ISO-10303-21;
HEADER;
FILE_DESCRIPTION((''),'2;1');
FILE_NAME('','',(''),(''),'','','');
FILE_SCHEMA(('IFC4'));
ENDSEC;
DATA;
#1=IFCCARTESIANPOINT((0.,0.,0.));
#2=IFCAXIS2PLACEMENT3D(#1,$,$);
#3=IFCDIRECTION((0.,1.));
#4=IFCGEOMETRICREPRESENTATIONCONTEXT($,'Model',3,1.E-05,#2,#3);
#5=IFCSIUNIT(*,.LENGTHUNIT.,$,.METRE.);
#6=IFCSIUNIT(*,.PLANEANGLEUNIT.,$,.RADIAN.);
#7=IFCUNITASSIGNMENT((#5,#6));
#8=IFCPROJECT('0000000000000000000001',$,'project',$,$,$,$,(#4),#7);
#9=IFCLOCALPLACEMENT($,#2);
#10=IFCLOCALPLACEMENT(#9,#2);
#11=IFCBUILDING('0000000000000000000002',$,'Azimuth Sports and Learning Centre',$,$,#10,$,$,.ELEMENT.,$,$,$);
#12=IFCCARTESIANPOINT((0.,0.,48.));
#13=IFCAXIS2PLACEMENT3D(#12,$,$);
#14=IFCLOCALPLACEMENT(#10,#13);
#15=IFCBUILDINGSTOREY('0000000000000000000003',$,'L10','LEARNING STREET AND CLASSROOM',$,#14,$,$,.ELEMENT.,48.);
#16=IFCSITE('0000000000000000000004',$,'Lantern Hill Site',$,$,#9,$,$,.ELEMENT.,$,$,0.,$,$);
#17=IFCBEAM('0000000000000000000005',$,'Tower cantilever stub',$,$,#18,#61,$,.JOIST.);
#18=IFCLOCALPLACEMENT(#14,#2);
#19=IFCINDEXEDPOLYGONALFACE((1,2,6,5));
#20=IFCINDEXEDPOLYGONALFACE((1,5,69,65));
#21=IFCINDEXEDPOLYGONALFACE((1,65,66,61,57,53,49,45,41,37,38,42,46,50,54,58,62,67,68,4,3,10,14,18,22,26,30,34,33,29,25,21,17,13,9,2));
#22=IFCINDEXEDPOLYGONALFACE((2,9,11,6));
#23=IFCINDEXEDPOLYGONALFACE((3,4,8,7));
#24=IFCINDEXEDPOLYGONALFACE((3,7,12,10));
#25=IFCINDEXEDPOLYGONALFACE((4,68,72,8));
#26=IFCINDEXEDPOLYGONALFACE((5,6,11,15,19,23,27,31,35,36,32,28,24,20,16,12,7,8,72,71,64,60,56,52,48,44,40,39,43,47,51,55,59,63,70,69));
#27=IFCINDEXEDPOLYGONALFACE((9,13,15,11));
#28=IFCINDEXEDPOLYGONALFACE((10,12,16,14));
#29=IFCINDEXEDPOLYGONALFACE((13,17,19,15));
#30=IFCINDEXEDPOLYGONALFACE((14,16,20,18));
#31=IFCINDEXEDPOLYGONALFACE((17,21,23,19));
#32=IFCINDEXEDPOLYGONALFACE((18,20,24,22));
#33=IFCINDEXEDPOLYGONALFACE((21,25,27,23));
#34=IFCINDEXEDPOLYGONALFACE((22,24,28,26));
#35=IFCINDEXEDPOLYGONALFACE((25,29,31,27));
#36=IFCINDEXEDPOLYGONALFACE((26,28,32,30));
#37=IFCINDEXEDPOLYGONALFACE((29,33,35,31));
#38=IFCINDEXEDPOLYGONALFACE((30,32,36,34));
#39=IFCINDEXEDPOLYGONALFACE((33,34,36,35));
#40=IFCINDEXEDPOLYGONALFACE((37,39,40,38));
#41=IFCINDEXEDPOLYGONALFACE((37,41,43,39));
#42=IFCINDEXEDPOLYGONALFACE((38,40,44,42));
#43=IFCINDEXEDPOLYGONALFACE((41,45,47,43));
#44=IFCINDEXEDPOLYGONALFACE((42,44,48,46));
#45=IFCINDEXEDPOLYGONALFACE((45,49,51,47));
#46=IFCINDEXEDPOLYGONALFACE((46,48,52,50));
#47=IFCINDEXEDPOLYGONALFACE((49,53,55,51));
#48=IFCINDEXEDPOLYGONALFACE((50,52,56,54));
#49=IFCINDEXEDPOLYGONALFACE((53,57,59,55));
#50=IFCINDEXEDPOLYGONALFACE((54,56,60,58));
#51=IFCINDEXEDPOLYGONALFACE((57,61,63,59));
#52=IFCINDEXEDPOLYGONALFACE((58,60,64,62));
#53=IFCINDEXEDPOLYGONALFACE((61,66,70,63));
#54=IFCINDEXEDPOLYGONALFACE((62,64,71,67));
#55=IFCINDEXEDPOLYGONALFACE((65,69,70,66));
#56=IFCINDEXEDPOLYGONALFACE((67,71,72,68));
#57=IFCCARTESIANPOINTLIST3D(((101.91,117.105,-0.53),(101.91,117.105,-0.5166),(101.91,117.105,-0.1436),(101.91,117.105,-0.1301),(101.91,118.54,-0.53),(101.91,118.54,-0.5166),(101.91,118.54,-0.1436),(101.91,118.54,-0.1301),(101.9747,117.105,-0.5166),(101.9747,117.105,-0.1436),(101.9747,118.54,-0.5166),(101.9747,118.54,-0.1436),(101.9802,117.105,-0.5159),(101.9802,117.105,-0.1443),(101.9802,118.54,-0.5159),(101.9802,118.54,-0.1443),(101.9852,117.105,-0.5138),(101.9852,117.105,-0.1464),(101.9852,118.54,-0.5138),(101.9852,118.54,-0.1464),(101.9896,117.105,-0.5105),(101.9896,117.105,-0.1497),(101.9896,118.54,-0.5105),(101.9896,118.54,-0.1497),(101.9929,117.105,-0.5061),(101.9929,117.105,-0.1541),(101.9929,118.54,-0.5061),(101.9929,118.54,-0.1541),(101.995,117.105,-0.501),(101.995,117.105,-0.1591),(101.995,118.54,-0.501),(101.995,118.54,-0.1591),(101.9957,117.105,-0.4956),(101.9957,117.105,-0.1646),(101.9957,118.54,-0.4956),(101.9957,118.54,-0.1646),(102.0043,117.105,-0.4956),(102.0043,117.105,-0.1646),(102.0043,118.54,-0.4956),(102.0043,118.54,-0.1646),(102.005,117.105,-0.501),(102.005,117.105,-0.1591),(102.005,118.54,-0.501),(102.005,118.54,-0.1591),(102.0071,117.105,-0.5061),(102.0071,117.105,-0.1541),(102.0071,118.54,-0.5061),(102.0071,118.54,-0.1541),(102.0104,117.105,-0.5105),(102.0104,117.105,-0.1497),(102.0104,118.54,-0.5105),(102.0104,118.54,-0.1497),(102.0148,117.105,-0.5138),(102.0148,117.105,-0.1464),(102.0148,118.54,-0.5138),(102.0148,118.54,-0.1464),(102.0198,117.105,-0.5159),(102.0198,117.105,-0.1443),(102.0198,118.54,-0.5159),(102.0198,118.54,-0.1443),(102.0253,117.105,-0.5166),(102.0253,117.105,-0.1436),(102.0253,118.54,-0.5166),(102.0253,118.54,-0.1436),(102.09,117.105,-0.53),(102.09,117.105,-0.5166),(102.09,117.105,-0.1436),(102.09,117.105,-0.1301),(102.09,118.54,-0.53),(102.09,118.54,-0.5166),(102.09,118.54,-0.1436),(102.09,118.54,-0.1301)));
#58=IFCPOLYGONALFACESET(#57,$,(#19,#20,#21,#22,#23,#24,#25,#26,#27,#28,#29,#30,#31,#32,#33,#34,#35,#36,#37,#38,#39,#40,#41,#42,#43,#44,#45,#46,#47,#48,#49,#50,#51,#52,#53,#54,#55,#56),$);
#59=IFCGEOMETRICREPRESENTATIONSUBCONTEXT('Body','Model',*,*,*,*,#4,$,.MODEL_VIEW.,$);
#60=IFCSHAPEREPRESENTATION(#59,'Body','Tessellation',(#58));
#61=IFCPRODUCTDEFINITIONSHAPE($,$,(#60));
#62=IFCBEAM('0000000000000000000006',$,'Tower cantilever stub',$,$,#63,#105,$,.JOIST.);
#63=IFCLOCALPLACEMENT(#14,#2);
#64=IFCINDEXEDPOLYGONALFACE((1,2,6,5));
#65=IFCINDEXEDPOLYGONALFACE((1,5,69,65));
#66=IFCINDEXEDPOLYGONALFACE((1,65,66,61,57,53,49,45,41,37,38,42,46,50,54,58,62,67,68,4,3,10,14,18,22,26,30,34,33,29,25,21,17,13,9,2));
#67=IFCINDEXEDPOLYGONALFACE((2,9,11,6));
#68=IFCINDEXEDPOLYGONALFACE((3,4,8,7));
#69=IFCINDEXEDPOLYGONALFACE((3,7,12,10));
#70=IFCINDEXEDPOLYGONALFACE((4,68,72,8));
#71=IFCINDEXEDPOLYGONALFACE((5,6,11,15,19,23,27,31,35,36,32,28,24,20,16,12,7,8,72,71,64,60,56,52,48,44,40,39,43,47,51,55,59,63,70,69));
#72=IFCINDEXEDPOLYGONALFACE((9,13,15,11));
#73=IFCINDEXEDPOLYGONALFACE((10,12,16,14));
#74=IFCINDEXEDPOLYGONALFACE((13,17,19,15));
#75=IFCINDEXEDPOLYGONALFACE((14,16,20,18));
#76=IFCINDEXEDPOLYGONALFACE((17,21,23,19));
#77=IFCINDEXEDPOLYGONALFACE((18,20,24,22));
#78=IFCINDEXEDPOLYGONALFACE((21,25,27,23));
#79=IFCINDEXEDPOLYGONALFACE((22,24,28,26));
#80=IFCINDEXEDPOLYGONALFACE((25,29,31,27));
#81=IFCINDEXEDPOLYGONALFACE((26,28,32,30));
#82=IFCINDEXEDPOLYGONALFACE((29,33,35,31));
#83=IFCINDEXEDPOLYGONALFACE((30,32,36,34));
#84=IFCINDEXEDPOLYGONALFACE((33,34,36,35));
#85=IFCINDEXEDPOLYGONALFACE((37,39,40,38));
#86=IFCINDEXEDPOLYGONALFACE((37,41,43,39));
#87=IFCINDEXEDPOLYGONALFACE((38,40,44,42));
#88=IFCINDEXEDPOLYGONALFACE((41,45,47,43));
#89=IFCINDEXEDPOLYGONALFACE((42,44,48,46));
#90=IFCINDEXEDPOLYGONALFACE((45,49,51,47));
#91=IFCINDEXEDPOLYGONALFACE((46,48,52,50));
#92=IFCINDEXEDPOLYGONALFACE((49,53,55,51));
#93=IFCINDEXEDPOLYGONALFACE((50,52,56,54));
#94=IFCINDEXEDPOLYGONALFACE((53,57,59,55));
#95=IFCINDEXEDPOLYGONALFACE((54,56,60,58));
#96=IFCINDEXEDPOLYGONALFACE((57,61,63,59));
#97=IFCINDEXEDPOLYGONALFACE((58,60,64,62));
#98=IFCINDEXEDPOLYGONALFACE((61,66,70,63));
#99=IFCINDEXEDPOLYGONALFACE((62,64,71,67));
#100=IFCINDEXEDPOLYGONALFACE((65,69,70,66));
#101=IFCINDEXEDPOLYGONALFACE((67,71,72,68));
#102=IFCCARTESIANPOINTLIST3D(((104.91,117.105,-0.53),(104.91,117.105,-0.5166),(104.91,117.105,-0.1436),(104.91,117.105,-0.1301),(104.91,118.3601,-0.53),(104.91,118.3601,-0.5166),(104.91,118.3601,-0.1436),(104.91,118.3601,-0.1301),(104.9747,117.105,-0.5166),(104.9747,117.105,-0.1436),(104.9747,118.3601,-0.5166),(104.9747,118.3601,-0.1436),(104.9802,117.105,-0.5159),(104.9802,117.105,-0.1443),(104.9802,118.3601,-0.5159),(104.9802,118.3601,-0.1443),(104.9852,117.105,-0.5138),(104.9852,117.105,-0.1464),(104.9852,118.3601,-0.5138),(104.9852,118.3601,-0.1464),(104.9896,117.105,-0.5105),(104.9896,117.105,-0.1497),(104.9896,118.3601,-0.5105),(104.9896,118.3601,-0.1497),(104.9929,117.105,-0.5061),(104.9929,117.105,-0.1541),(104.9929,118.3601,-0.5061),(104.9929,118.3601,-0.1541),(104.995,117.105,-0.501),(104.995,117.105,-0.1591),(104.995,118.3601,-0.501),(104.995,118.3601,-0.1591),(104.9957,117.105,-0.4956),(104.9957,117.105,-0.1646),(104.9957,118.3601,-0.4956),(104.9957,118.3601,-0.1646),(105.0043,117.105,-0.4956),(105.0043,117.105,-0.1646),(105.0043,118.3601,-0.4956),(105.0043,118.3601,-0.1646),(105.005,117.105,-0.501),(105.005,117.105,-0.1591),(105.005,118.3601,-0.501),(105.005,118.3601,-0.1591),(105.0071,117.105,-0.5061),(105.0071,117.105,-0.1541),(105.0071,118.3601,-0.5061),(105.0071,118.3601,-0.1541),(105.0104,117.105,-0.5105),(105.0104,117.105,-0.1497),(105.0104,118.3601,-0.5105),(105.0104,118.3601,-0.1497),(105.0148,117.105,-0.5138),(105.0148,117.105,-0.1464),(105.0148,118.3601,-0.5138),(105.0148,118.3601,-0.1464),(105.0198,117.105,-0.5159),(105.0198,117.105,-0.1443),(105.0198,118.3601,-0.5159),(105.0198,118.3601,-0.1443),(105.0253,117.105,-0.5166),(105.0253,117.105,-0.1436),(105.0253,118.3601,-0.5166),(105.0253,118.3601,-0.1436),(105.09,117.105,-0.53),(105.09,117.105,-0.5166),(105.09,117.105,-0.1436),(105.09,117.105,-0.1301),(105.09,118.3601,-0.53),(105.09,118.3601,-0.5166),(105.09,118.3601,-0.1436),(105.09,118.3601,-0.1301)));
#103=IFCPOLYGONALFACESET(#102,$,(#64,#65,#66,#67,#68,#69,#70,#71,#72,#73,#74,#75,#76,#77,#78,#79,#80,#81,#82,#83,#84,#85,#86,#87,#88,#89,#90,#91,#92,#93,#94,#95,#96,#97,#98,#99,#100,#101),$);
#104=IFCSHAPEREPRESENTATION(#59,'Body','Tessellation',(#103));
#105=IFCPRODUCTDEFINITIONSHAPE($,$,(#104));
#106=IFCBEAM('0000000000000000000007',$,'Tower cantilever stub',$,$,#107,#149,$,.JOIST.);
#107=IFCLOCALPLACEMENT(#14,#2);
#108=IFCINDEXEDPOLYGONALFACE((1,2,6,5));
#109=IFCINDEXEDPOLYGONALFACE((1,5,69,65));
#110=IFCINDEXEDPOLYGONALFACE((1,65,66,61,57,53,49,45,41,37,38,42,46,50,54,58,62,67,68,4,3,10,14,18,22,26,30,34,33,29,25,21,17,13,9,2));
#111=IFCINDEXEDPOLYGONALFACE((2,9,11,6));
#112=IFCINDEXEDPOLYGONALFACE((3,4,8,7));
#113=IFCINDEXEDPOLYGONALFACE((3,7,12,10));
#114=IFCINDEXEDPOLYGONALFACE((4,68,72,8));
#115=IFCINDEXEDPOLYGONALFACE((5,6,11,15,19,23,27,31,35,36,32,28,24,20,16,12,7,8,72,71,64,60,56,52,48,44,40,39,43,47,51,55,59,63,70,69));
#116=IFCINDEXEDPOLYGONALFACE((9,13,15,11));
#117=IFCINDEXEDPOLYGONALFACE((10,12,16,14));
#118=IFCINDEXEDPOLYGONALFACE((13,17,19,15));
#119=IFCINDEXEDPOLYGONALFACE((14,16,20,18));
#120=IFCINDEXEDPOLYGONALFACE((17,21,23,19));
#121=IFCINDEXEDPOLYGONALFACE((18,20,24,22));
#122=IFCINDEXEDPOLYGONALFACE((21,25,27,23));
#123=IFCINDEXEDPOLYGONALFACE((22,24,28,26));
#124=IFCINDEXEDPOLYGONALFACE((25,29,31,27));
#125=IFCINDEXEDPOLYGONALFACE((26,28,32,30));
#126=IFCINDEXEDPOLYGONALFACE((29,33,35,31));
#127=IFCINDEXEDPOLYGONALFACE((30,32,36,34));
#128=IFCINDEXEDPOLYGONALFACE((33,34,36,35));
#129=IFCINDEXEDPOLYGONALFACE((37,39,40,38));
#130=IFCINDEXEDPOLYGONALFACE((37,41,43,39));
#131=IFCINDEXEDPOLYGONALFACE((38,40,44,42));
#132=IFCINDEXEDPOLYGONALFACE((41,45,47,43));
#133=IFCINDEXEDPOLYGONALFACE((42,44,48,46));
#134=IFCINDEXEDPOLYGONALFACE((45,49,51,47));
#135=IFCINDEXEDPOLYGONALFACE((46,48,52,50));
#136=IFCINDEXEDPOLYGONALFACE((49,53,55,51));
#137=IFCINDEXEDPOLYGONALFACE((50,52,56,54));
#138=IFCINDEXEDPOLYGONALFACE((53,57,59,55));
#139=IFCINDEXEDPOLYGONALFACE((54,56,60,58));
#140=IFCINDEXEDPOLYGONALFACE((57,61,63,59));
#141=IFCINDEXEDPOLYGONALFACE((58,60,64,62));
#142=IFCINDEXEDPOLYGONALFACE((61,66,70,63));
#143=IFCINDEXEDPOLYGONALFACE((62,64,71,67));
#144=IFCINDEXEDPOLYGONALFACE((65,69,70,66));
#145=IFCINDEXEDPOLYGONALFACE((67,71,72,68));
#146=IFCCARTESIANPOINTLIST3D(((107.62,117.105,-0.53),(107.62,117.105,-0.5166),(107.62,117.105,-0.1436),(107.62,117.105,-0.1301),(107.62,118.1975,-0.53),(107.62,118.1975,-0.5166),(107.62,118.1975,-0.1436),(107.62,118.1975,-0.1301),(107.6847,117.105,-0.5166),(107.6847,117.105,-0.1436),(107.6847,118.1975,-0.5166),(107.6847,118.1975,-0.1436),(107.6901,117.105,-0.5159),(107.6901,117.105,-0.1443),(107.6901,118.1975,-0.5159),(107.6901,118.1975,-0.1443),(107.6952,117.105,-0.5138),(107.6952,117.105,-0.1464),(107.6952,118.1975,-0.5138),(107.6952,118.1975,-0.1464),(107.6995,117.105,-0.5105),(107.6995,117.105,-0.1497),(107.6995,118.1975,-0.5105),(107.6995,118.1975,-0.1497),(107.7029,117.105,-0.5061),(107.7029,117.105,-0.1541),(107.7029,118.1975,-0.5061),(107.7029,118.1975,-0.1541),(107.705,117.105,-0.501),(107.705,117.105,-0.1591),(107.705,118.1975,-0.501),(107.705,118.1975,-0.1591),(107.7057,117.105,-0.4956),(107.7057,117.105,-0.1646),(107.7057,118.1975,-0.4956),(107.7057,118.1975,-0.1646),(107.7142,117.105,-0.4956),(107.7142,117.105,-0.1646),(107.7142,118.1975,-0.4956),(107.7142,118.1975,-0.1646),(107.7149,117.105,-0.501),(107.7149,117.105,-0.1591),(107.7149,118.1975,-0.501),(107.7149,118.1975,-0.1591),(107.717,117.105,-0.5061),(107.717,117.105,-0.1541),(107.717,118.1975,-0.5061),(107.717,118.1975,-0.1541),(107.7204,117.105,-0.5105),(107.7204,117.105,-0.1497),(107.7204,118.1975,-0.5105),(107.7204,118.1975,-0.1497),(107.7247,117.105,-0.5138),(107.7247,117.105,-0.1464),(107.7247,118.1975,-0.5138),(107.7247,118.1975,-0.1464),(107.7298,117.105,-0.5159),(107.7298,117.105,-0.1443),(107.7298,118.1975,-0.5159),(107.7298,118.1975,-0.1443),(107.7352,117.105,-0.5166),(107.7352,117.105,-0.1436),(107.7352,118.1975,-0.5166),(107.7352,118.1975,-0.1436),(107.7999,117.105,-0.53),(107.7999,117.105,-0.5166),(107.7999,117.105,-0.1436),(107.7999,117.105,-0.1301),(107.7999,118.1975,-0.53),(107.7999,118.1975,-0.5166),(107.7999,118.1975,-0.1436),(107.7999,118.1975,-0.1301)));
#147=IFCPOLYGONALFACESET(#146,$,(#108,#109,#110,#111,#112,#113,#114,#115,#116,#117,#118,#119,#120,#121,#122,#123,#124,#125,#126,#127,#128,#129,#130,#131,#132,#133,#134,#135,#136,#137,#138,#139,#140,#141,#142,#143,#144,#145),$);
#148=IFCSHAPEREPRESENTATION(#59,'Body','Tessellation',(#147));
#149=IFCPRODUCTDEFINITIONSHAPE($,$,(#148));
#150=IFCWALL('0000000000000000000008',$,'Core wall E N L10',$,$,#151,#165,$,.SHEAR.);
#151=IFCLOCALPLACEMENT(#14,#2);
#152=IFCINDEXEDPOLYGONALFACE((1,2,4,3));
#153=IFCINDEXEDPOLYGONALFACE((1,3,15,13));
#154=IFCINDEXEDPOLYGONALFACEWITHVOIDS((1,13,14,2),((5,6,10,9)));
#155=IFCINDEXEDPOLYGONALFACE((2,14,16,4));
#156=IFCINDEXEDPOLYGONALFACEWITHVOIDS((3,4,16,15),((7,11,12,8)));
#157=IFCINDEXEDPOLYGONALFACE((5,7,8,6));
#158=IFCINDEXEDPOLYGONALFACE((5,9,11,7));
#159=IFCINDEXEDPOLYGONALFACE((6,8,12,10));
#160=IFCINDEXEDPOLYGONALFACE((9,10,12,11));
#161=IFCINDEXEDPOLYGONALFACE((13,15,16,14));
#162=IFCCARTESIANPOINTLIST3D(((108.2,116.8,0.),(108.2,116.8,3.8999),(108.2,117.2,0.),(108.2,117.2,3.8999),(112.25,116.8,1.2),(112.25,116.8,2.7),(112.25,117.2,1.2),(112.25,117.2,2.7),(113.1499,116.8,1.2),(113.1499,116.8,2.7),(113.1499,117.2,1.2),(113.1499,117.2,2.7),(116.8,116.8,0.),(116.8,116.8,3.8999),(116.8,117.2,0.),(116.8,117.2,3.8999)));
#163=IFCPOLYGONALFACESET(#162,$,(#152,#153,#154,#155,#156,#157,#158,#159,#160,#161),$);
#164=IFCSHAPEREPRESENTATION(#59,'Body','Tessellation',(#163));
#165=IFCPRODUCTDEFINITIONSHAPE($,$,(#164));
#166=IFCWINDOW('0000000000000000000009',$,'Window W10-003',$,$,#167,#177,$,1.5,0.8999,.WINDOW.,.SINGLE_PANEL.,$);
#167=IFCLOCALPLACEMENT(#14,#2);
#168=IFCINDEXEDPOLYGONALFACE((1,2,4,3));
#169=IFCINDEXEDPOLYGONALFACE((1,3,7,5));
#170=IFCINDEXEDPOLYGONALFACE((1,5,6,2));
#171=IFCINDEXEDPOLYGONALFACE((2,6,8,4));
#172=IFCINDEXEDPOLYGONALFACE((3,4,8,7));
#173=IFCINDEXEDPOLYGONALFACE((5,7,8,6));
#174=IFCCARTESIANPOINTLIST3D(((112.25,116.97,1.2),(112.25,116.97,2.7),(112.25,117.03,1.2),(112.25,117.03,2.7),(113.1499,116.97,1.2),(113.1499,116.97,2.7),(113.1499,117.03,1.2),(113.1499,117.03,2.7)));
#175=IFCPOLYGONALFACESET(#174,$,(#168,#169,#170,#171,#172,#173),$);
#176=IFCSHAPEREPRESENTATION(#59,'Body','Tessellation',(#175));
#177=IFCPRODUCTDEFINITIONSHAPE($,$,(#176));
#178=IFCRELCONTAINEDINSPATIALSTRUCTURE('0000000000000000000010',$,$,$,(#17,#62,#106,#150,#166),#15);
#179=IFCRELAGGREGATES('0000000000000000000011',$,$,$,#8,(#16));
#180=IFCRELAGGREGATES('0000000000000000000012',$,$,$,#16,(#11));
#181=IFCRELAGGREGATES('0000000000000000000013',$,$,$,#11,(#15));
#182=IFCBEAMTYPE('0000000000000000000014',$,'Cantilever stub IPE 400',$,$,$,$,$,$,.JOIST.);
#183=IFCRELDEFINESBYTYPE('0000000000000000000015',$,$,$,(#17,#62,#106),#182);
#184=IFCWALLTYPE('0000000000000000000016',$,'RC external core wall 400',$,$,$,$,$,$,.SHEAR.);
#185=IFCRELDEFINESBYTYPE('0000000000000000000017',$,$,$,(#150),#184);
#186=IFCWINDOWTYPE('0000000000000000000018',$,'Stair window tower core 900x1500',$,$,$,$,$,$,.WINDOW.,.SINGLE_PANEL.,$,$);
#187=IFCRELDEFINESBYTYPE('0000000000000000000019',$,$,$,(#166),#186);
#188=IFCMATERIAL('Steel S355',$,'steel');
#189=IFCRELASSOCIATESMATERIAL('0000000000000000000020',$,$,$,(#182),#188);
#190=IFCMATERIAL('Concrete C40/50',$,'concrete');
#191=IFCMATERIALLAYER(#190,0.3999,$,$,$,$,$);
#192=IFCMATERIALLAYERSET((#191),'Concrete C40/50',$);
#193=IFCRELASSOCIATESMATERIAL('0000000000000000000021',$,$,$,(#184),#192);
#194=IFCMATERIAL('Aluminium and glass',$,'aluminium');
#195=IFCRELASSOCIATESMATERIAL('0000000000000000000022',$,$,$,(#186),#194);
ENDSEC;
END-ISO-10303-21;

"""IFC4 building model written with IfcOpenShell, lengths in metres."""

from ifc_helpers import new_model, si_unit, direction, frame, frame_2d, origin, origin_2d, place, context, subcontext, project, spatial, rectangle, i_section, extrude, material, layer, layer_set, material_profile, profile_set, type_object, element, fill, save


model = new_model("IFC4")

# Units and contexts
model_context = context("Model", 3, precision=1e-05, world=origin(), true_north=direction((0.0, 1.0)))
body_context = subcontext(model_context, "Body", "Model", "MODEL_VIEW")
ifc_project = project(units=[si_unit("LENGTHUNIT", "METRE"), si_unit("PLANEANGLEUNIT", "RADIAN")], contexts=[model_context])

# Site, building, storey
site_placement = place(None, origin())
site = spatial("IfcSite", under=ifc_project, at=site_placement, Name="Lantern Hill Site", CompositionType="ELEMENT", RefElevation=0.0)
building_placement = place(site_placement, origin())
building = spatial("IfcBuilding", under=site, at=building_placement, Name="Azimuth Sports and Learning Centre", CompositionType="ELEMENT")
storey_placement = place(building_placement, frame((0.0, 0.0, 48.0)))
storey = spatial("IfcBuildingStorey", under=building, at=storey_placement, Name="L10", Description="LEARNING STREET AND CLASSROOM", CompositionType="ELEMENT", Elevation=48.0)

# Beams
ifc_material_1 = material(Name="Steel S355", Category="steel")
ifc_material_profile_1 = material_profile(ifc_material_1, i_section(OverallWidth=0.1799, OverallDepth=0.3999, WebThickness=0.0085, FlangeThickness=0.0134, FilletRadius=0.021, at=origin_2d()), Name="IPE 400")
ifc_profile_set_1 = profile_set([ifc_material_profile_1], Name="Steel S355")
beam_type_1 = type_object("IfcBeamType", Name="Cantilever stub IPE 400", PredefinedType="JOIST", material=ifc_profile_set_1)
beam_1_placement = place(storey_placement, frame((102.0, 117.105, -0.3301), z_axis=(0.0, 1.0, 0.0), x_axis=(-1.0, 0.0, 0.0)))
element("IfcBeam", 1, at=beam_1_placement, inside=storey, type_object=beam_type_1, Name="Tower cantilever stub", PredefinedType="JOIST", context=body_context, shape_type="SweptSolid", body=[
    extrude(i_section(OverallWidth=0.1799, OverallDepth=0.3999, WebThickness=0.0085, FlangeThickness=0.0134, FilletRadius=0.021, at=origin_2d()), origin(), (0.0, 0.0, 1.0), 1.4351),
])
beam_2_placement = place(storey_placement, frame((105.0, 117.105, -0.3301), z_axis=(0.0, 1.0, 0.0), x_axis=(-1.0, 0.0, 0.0)))
element("IfcBeam", 2, at=beam_2_placement, inside=storey, type_object=beam_type_1, Name="Tower cantilever stub", PredefinedType="JOIST", context=body_context, shape_type="SweptSolid", body=[
    extrude(i_section(OverallWidth=0.1799, OverallDepth=0.3999, WebThickness=0.0085, FlangeThickness=0.0134, FilletRadius=0.021, at=origin_2d()), origin(), (0.0, 0.0, 1.0), 1.2551),
])
beam_3_placement = place(storey_placement, frame((107.71, 117.105, -0.3301), z_axis=(0.0, 1.0, 0.0), x_axis=(-1.0, 0.0, 0.0)))
element("IfcBeam", 3, at=beam_3_placement, inside=storey, type_object=beam_type_1, Name="Tower cantilever stub", PredefinedType="JOIST", context=body_context, shape_type="SweptSolid", body=[
    extrude(i_section(OverallWidth=0.1799, OverallDepth=0.3999, WebThickness=0.0085, FlangeThickness=0.0134, FilletRadius=0.021, at=origin_2d()), origin(), (0.0, 0.0, 1.0), 1.0925),
])

# Wall, opening, window
ifc_material_2 = material(Name="Concrete C40/50", Category="concrete")
ifc_layer_1 = layer(ifc_material_2, 0.3999)
ifc_layer_set_1 = layer_set([ifc_layer_1], Name="Concrete C40/50")
wall_type = type_object("IfcWallType", Name="RC external core wall 400", PredefinedType="SHEAR", material=ifc_layer_set_1)
wall_placement = place(storey_placement, frame((108.2, 117.0, 0.0), z_axis=(0.0, 0.0, 1.0), x_axis=(1.0, 0.0, 0.0)))
wall = element("IfcWall", 4, at=wall_placement, inside=storey, type_object=wall_type, Name="Core wall E N L10", PredefinedType="SHEAR", context=body_context, shape_type="SweptSolid", body=[
    extrude(rectangle(XDim=8.6001, YDim=0.3999, at=frame_2d((4.3, 0.0))), origin(), (0.0, 0.0, 1.0), 3.8999),
])
opening_placement = place(wall_placement, frame((4.05, 0.0, 1.2)))
opening = element("IfcOpeningElement", 5, at=opening_placement, cuts=wall, PredefinedType="OPENING", context=body_context, shape_type="SweptSolid", body=[
    extrude(rectangle(XDim=0.8999, YDim=1.5, at=frame_2d((0.45, 0.75))), frame((0.0, 0.2109, 0.0), z_axis=(0.0, -1.0, 0.0), x_axis=(1.0, 0.0, 0.0)), (0.0, 0.0, 1.0), 0.4219),
])
ifc_material_3 = material(Name="Aluminium and glass", Category="aluminium")
window_type = type_object("IfcWindowType", Name="Stair window tower core 900x1500", PartitioningType="SINGLE_PANEL", PredefinedType="WINDOW", material=ifc_material_3)
window_placement = place(opening_placement, origin())
window = element("IfcWindow", 6, at=window_placement, inside=storey, type_object=window_type, Name="Window W10-003", OverallHeight=1.5, OverallWidth=0.8999, PartitioningType="SINGLE_PANEL", PredefinedType="WINDOW", context=body_context, shape_type="SweptSolid", body=[
    extrude(rectangle(XDim=0.8999, YDim=1.5, at=frame_2d((0.45, 0.75))), frame((0.0, 0.03, 0.0), z_axis=(0.0, -1.0, 0.0), x_axis=(1.0, 0.0, 0.0)), (0.0, 0.0, 1.0), 0.0601),
])
fill(opening, window)

save(model, "model.ifc")
